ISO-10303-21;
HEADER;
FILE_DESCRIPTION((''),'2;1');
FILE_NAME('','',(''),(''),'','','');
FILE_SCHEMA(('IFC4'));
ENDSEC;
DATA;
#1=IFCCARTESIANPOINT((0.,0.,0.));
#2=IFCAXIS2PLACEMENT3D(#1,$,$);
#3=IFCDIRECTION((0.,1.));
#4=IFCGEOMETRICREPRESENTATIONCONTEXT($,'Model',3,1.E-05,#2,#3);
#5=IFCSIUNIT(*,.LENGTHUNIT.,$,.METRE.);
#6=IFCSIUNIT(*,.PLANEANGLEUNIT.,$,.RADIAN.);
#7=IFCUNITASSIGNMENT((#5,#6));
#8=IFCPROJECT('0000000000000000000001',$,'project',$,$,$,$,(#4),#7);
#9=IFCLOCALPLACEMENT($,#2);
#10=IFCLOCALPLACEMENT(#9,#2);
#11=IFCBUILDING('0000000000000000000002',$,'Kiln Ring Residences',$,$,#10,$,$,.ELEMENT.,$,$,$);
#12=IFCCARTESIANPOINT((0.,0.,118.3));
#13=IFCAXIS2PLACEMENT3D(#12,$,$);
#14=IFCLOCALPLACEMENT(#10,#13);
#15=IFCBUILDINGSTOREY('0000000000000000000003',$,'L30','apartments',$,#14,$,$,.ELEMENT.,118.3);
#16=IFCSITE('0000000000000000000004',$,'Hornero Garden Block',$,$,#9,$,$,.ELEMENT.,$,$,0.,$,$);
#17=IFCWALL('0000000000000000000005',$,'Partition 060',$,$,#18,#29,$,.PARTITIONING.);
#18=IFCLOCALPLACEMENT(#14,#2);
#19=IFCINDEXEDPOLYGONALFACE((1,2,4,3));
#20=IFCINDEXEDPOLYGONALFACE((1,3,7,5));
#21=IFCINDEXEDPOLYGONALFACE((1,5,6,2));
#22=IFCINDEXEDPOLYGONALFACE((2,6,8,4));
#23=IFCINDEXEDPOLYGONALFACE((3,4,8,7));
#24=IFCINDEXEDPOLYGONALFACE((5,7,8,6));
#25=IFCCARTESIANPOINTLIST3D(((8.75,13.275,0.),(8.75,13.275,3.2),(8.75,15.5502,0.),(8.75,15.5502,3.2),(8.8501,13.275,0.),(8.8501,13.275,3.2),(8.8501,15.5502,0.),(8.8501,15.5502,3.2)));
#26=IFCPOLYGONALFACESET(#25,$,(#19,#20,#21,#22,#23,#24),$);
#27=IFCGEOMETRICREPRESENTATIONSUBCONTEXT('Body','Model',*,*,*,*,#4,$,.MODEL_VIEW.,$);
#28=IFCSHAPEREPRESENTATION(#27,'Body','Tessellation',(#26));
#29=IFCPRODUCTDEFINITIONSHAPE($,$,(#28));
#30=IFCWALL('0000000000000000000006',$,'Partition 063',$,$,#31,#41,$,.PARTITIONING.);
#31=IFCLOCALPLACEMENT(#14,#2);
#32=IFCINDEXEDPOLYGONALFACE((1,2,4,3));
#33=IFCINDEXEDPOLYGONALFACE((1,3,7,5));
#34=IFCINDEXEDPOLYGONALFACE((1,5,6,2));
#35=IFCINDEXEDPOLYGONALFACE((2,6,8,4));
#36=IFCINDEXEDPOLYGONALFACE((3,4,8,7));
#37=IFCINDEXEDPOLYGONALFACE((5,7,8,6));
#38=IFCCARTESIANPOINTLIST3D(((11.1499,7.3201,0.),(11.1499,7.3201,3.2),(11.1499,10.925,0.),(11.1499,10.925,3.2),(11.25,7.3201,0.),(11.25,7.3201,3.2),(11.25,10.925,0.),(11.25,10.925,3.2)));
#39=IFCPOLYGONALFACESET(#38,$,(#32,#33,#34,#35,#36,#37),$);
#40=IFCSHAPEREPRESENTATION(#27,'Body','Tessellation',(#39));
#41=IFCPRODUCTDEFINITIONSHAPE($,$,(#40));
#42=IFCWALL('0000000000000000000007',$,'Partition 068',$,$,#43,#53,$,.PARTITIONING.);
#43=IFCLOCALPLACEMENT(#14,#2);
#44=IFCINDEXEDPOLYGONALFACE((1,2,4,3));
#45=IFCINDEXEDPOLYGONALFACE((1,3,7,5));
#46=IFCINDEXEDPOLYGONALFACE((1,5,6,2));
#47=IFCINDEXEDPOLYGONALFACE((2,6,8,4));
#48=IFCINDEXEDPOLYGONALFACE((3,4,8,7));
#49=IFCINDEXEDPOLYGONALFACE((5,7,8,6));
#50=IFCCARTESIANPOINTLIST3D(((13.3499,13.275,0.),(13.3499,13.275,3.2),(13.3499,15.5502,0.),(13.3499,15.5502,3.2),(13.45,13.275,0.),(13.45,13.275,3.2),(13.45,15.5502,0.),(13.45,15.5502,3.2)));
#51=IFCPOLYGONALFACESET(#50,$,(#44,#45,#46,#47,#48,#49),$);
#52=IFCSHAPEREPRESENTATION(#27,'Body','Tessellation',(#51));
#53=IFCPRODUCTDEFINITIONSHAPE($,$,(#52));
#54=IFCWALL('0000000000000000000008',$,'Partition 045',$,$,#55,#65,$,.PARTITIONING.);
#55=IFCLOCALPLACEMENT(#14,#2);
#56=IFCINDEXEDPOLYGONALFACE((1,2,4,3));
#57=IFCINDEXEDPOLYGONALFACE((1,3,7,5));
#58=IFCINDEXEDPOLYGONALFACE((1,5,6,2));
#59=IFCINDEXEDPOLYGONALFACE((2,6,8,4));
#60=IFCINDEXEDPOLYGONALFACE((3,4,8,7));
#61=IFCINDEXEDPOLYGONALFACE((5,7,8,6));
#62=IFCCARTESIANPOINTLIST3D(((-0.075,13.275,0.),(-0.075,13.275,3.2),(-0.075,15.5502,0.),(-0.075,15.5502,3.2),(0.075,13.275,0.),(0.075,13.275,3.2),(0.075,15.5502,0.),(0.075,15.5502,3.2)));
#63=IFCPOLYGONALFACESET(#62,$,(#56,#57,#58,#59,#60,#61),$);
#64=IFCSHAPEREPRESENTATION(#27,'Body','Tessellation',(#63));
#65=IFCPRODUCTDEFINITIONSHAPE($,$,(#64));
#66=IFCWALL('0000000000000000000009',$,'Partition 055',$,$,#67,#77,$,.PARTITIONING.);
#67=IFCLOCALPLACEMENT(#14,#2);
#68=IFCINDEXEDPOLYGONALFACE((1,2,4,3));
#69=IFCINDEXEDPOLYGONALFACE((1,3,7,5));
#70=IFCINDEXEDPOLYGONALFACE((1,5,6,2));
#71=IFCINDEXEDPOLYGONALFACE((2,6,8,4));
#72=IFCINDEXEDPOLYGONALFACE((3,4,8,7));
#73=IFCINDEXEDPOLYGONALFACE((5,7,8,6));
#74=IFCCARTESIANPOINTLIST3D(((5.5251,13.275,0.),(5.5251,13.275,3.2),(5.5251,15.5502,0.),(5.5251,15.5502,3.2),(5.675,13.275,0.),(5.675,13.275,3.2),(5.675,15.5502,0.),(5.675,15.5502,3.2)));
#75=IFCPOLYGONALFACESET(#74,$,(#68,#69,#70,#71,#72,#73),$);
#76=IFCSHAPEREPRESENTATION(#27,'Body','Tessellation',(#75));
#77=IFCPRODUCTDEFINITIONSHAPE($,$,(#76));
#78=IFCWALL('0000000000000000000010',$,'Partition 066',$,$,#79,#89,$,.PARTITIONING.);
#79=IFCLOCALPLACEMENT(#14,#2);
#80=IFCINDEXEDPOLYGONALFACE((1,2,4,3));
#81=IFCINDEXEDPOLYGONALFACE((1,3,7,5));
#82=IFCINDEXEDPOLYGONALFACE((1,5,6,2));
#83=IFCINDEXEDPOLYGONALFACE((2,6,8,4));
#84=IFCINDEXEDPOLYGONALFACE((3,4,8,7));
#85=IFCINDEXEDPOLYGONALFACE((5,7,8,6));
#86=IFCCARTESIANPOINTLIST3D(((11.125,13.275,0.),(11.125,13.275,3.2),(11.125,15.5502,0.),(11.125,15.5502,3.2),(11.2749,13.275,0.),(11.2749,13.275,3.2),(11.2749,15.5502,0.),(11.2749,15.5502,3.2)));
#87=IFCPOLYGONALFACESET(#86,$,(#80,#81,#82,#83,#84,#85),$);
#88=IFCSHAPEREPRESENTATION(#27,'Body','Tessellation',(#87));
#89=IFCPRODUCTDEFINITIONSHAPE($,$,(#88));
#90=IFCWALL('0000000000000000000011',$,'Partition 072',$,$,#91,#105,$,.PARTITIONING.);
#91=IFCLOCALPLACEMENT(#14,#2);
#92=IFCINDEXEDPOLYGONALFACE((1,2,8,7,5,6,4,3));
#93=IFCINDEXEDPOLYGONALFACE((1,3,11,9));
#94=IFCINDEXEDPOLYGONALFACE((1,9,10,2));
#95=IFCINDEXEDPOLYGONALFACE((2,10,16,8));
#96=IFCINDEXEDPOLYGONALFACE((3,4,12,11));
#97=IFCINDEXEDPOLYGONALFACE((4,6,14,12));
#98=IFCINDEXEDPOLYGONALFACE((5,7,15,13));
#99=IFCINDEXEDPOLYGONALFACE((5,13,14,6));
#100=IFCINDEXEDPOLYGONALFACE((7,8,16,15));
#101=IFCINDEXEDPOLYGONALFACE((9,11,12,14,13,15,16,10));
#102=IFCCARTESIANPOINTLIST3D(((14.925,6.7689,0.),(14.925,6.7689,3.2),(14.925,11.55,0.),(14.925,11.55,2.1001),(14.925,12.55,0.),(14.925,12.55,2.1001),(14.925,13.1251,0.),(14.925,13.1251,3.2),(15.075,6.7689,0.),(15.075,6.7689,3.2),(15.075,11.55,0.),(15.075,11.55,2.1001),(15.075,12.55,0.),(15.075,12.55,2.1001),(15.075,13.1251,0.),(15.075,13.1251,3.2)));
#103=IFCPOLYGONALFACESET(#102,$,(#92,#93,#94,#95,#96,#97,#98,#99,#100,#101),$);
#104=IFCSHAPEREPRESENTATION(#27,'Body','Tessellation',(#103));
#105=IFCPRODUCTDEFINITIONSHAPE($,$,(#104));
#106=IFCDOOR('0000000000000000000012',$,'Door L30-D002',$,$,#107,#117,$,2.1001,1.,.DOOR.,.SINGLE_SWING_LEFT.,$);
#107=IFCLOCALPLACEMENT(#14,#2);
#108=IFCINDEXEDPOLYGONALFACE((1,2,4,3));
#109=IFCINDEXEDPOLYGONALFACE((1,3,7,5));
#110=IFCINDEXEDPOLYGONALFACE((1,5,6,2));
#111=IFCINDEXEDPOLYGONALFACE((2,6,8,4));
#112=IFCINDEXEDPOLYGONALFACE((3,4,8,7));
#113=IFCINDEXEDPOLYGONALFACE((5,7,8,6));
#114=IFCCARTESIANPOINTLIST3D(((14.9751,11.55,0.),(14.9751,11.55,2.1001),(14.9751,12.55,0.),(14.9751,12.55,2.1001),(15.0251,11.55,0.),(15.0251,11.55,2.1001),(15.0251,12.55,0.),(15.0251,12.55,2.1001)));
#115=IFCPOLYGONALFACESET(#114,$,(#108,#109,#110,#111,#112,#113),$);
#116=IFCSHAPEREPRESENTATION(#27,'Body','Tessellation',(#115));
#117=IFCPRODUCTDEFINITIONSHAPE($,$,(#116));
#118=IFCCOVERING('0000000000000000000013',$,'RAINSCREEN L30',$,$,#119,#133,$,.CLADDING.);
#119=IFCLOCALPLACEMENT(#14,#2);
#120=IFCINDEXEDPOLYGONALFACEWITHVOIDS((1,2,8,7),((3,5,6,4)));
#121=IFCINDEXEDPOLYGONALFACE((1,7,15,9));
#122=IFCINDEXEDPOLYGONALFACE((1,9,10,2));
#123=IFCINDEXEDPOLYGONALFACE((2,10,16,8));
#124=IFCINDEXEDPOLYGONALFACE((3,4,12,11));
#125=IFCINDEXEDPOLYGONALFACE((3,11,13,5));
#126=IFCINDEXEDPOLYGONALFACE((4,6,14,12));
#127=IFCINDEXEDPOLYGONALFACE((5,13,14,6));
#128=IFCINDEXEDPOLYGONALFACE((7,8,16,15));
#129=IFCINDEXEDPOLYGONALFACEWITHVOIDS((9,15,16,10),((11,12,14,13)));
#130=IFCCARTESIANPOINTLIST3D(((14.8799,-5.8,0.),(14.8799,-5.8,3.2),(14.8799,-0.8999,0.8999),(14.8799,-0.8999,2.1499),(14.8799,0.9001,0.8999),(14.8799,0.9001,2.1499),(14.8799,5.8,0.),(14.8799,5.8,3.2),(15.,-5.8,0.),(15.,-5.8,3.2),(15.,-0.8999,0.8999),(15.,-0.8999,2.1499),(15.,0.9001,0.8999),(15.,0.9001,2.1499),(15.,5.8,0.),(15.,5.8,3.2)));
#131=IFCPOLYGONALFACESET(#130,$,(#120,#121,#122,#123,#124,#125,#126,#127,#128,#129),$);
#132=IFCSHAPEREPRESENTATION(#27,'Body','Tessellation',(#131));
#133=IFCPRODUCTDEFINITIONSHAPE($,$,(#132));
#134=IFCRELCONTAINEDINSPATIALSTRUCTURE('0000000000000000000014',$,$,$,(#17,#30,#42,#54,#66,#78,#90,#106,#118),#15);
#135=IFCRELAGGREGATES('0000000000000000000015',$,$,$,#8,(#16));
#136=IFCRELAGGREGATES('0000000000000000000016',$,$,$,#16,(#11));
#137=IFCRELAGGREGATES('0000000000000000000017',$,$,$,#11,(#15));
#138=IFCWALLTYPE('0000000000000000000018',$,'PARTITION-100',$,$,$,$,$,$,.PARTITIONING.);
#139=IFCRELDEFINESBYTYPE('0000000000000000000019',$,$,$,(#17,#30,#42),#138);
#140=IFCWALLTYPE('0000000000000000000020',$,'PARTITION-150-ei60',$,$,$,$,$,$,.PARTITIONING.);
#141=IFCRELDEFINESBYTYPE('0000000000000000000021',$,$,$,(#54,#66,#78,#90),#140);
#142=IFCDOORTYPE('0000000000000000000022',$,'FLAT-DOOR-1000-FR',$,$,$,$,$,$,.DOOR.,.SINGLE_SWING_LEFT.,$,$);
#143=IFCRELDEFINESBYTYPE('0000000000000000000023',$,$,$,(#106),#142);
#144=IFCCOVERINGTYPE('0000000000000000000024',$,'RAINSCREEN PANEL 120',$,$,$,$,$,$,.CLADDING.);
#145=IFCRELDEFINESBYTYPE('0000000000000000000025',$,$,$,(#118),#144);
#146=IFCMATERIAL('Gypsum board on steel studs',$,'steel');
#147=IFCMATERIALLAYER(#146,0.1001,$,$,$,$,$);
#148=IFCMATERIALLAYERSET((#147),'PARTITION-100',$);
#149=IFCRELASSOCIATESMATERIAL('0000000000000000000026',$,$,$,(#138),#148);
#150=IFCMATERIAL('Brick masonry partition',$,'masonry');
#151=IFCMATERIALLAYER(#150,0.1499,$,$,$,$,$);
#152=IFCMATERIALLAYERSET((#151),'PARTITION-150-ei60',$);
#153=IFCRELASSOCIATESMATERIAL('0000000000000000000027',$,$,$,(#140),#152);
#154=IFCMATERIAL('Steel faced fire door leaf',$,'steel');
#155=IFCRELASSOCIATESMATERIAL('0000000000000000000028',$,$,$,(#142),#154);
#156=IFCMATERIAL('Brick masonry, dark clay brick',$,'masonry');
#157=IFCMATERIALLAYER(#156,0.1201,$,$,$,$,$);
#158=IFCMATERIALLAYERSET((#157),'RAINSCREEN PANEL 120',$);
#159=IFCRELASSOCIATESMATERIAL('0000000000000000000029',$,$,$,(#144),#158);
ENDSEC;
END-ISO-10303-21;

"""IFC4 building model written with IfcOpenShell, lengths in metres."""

from ifc_helpers import new_model, si_unit, direction, frame, frame_2d, origin, place, context, subcontext, project, spatial, polyline, rectangle, outline, extrude, material, layer, layer_set, type_object, element, fill, save


model = new_model("IFC4")

# Units and contexts
model_context = context("Model", 3, precision=1e-05, world=origin(), true_north=direction((0.0, 1.0)))
body_context = subcontext(model_context, "Body", "Model", "MODEL_VIEW")
ifc_project = project(units=[si_unit("LENGTHUNIT", "METRE"), si_unit("PLANEANGLEUNIT", "RADIAN")], contexts=[model_context])

# Site, building, storey
site_placement = place(None, origin())
site = spatial("IfcSite", under=ifc_project, at=site_placement, Name="Hornero Garden Block", CompositionType="ELEMENT", RefElevation=0.0)
building_placement = place(site_placement, origin())
building = spatial("IfcBuilding", under=site, at=building_placement, Name="Kiln Ring Residences", CompositionType="ELEMENT")
storey_placement = place(building_placement, frame((0.0, 0.0, 118.3)))
storey = spatial("IfcBuildingStorey", under=building, at=storey_placement, Name="L30", Description="apartments", CompositionType="ELEMENT", Elevation=118.3)

# Walls
ifc_material_1 = material(Name="Gypsum board on steel studs", Category="steel")
ifc_layer_1 = layer(ifc_material_1, 0.1001)
ifc_layer_set_1 = layer_set([ifc_layer_1], Name="PARTITION-100")
wall_type_1 = type_object("IfcWallType", Name="PARTITION-100", PredefinedType="PARTITIONING", material=ifc_layer_set_1)
wall_1_placement = place(storey_placement, frame((8.8, 13.2749, 0.0), z_axis=(0.0, 0.0, 1.0), x_axis=(0.0, 1.0, 0.0)))
element("IfcWall", 1, at=wall_1_placement, inside=storey, type_object=wall_type_1, Name="Partition 060", PredefinedType="PARTITIONING", context=body_context, shape_type="SweptSolid", body=[
    extrude(rectangle(XDim=2.2751, YDim=0.1001, at=frame_2d((1.1377, 0.0))), origin(), (0.0, 0.0, 1.0), 3.2),
])
wall_2_placement = place(storey_placement, frame((11.2, 7.3201, 0.0), z_axis=(0.0, 0.0, 1.0), x_axis=(0.0, 1.0, 0.0)))
element("IfcWall", 2, at=wall_2_placement, inside=storey, type_object=wall_type_1, Name="Partition 063", PredefinedType="PARTITIONING", context=body_context, shape_type="SweptSolid", body=[
    extrude(rectangle(XDim=3.605, YDim=0.1001, at=frame_2d((1.8025, 0.0))), origin(), (0.0, 0.0, 1.0), 3.2),
])
wall_3_placement = place(storey_placement, frame((13.3999, 13.2749, 0.0), z_axis=(0.0, 0.0, 1.0), x_axis=(0.0, 1.0, 0.0)))
element("IfcWall", 3, at=wall_3_placement, inside=storey, type_object=wall_type_1, Name="Partition 068", PredefinedType="PARTITIONING", context=body_context, shape_type="SweptSolid", body=[
    extrude(rectangle(XDim=2.2751, YDim=0.1001, at=frame_2d((1.1377, 0.0))), origin(), (0.0, 0.0, 1.0), 3.2),
])
ifc_material_2 = material(Name="Brick masonry partition", Category="masonry")
ifc_layer_2 = layer(ifc_material_2, 0.1499)
ifc_layer_set_2 = layer_set([ifc_layer_2], Name="PARTITION-150-ei60")
wall_type_2 = type_object("IfcWallType", Name="PARTITION-150-ei60", PredefinedType="PARTITIONING", material=ifc_layer_set_2)
for number, where, z_axis, x_axis, name in (
    (4, (0.0, 13.2749, 0.0), (0.0, 0.0, 1.0), (0.0, 1.0, 0.0), "Partition 045"),
    (5, (5.6001, 13.2749, 0.0), (0.0, 0.0, 1.0), (0.0, 1.0, 0.0), "Partition 055"),
    (6, (11.2, 13.2749, 0.0), (0.0, 0.0, 1.0), (0.0, 1.0, 0.0), "Partition 066"),
):
    element("IfcWall", number, at=place(storey_placement, frame(where, z_axis=z_axis, x_axis=x_axis)), inside=storey, type_object=wall_type_2, Name=name, PredefinedType="PARTITIONING", context=body_context, shape_type="SweptSolid", body=[
        extrude(rectangle(XDim=2.2751, YDim=0.1499, at=frame_2d((1.1377, 0.0))), origin(), (0.0, 0.0, 1.0), 3.2),
    ])

# Wall, opening, door
wall_4_placement = place(storey_placement, frame((15.0, 6.7688, 0.0), z_axis=(0.0, 0.0, 1.0), x_axis=(0.0, 1.0, 0.0)))
wall_4 = element("IfcWall", 7, at=wall_4_placement, inside=storey, type_object=wall_type_2, Name="Partition 072", PredefinedType="PARTITIONING", context=body_context, shape_type="SweptSolid", body=[
    extrude(rectangle(XDim=6.3562, YDim=0.1499, at=frame_2d((3.1782, 0.0))), origin(), (0.0, 0.0, 1.0), 3.2),
])
opening_placement = place(wall_4_placement, frame((4.7812, 0.0, 0.0)))
opening = element("IfcOpeningElement", 8, at=opening_placement, cuts=wall_4, PredefinedType="OPENING", context=body_context, shape_type="SweptSolid", body=[
    extrude(rectangle(XDim=1.0, YDim=2.1001, at=frame_2d((0.5, 1.05))), frame((0.0, 0.085, 0.0), z_axis=(0.0, -1.0, 0.0), x_axis=(1.0, 0.0, 0.0)), (0.0, 0.0, 1.0), 0.1699),
])
ifc_material_3 = material(Name="Steel faced fire door leaf", Category="steel")
door_type = type_object("IfcDoorType", Name="FLAT-DOOR-1000-FR", OperationType="SINGLE_SWING_LEFT", PredefinedType="DOOR", material=ifc_material_3)
door_placement = place(opening_placement, origin())
door = element("IfcDoor", 9, at=door_placement, inside=storey, type_object=door_type, Name="Door L30-D002", OperationType="SINGLE_SWING_LEFT", OverallHeight=2.1001, OverallWidth=1.0, PredefinedType="DOOR", context=body_context, shape_type="SweptSolid", body=[
    extrude(rectangle(XDim=1.0, YDim=2.1001, at=frame_2d((0.5, 1.05))), frame((0.0, 0.0249, 0.0), z_axis=(0.0, -1.0, 0.0), x_axis=(1.0, 0.0, 0.0)), (0.0, 0.0, 1.0), 0.05),
])
fill(opening, door)

# Covering
ifc_material_4 = material(Name="Brick masonry, dark clay brick", Category="masonry")
ifc_layer_3 = layer(ifc_material_4, 0.1201)
ifc_layer_set_3 = layer_set([ifc_layer_3], Name="RAINSCREEN PANEL 120")
covering_type = type_object("IfcCoveringType", Name="RAINSCREEN PANEL 120", PredefinedType="CLADDING", material=ifc_layer_set_3)
covering_placement = place(storey_placement, frame((14.9399, 5.8, 0.0), z_axis=(0.0, 0.0, 1.0), x_axis=(0.0, -1.0, 0.0)))
element("IfcCovering", 10, at=covering_placement, inside=storey, type_object=covering_type, Name="RAINSCREEN L30", PredefinedType="CLADDING", context=body_context, shape_type="SweptSolid", body=[
    extrude(outline(polyline([(0.0, 0.0), (11.6001, 0.0), (11.6001, 3.2), (0.0, 3.2), (0.0, 0.0)]), holes=[polyline([(4.8999, 2.1499), (4.8999, 0.8999), (6.7, 0.8999), (6.7, 2.1499), (4.8999, 2.1499)])]), frame((0.0, 0.0601, 0.0), z_axis=(0.0, -1.0, 0.0), x_axis=(1.0, 0.0, 0.0)), (0.0, 0.0, 1.0), 0.1201),
])

save(model, "model.ifc")
